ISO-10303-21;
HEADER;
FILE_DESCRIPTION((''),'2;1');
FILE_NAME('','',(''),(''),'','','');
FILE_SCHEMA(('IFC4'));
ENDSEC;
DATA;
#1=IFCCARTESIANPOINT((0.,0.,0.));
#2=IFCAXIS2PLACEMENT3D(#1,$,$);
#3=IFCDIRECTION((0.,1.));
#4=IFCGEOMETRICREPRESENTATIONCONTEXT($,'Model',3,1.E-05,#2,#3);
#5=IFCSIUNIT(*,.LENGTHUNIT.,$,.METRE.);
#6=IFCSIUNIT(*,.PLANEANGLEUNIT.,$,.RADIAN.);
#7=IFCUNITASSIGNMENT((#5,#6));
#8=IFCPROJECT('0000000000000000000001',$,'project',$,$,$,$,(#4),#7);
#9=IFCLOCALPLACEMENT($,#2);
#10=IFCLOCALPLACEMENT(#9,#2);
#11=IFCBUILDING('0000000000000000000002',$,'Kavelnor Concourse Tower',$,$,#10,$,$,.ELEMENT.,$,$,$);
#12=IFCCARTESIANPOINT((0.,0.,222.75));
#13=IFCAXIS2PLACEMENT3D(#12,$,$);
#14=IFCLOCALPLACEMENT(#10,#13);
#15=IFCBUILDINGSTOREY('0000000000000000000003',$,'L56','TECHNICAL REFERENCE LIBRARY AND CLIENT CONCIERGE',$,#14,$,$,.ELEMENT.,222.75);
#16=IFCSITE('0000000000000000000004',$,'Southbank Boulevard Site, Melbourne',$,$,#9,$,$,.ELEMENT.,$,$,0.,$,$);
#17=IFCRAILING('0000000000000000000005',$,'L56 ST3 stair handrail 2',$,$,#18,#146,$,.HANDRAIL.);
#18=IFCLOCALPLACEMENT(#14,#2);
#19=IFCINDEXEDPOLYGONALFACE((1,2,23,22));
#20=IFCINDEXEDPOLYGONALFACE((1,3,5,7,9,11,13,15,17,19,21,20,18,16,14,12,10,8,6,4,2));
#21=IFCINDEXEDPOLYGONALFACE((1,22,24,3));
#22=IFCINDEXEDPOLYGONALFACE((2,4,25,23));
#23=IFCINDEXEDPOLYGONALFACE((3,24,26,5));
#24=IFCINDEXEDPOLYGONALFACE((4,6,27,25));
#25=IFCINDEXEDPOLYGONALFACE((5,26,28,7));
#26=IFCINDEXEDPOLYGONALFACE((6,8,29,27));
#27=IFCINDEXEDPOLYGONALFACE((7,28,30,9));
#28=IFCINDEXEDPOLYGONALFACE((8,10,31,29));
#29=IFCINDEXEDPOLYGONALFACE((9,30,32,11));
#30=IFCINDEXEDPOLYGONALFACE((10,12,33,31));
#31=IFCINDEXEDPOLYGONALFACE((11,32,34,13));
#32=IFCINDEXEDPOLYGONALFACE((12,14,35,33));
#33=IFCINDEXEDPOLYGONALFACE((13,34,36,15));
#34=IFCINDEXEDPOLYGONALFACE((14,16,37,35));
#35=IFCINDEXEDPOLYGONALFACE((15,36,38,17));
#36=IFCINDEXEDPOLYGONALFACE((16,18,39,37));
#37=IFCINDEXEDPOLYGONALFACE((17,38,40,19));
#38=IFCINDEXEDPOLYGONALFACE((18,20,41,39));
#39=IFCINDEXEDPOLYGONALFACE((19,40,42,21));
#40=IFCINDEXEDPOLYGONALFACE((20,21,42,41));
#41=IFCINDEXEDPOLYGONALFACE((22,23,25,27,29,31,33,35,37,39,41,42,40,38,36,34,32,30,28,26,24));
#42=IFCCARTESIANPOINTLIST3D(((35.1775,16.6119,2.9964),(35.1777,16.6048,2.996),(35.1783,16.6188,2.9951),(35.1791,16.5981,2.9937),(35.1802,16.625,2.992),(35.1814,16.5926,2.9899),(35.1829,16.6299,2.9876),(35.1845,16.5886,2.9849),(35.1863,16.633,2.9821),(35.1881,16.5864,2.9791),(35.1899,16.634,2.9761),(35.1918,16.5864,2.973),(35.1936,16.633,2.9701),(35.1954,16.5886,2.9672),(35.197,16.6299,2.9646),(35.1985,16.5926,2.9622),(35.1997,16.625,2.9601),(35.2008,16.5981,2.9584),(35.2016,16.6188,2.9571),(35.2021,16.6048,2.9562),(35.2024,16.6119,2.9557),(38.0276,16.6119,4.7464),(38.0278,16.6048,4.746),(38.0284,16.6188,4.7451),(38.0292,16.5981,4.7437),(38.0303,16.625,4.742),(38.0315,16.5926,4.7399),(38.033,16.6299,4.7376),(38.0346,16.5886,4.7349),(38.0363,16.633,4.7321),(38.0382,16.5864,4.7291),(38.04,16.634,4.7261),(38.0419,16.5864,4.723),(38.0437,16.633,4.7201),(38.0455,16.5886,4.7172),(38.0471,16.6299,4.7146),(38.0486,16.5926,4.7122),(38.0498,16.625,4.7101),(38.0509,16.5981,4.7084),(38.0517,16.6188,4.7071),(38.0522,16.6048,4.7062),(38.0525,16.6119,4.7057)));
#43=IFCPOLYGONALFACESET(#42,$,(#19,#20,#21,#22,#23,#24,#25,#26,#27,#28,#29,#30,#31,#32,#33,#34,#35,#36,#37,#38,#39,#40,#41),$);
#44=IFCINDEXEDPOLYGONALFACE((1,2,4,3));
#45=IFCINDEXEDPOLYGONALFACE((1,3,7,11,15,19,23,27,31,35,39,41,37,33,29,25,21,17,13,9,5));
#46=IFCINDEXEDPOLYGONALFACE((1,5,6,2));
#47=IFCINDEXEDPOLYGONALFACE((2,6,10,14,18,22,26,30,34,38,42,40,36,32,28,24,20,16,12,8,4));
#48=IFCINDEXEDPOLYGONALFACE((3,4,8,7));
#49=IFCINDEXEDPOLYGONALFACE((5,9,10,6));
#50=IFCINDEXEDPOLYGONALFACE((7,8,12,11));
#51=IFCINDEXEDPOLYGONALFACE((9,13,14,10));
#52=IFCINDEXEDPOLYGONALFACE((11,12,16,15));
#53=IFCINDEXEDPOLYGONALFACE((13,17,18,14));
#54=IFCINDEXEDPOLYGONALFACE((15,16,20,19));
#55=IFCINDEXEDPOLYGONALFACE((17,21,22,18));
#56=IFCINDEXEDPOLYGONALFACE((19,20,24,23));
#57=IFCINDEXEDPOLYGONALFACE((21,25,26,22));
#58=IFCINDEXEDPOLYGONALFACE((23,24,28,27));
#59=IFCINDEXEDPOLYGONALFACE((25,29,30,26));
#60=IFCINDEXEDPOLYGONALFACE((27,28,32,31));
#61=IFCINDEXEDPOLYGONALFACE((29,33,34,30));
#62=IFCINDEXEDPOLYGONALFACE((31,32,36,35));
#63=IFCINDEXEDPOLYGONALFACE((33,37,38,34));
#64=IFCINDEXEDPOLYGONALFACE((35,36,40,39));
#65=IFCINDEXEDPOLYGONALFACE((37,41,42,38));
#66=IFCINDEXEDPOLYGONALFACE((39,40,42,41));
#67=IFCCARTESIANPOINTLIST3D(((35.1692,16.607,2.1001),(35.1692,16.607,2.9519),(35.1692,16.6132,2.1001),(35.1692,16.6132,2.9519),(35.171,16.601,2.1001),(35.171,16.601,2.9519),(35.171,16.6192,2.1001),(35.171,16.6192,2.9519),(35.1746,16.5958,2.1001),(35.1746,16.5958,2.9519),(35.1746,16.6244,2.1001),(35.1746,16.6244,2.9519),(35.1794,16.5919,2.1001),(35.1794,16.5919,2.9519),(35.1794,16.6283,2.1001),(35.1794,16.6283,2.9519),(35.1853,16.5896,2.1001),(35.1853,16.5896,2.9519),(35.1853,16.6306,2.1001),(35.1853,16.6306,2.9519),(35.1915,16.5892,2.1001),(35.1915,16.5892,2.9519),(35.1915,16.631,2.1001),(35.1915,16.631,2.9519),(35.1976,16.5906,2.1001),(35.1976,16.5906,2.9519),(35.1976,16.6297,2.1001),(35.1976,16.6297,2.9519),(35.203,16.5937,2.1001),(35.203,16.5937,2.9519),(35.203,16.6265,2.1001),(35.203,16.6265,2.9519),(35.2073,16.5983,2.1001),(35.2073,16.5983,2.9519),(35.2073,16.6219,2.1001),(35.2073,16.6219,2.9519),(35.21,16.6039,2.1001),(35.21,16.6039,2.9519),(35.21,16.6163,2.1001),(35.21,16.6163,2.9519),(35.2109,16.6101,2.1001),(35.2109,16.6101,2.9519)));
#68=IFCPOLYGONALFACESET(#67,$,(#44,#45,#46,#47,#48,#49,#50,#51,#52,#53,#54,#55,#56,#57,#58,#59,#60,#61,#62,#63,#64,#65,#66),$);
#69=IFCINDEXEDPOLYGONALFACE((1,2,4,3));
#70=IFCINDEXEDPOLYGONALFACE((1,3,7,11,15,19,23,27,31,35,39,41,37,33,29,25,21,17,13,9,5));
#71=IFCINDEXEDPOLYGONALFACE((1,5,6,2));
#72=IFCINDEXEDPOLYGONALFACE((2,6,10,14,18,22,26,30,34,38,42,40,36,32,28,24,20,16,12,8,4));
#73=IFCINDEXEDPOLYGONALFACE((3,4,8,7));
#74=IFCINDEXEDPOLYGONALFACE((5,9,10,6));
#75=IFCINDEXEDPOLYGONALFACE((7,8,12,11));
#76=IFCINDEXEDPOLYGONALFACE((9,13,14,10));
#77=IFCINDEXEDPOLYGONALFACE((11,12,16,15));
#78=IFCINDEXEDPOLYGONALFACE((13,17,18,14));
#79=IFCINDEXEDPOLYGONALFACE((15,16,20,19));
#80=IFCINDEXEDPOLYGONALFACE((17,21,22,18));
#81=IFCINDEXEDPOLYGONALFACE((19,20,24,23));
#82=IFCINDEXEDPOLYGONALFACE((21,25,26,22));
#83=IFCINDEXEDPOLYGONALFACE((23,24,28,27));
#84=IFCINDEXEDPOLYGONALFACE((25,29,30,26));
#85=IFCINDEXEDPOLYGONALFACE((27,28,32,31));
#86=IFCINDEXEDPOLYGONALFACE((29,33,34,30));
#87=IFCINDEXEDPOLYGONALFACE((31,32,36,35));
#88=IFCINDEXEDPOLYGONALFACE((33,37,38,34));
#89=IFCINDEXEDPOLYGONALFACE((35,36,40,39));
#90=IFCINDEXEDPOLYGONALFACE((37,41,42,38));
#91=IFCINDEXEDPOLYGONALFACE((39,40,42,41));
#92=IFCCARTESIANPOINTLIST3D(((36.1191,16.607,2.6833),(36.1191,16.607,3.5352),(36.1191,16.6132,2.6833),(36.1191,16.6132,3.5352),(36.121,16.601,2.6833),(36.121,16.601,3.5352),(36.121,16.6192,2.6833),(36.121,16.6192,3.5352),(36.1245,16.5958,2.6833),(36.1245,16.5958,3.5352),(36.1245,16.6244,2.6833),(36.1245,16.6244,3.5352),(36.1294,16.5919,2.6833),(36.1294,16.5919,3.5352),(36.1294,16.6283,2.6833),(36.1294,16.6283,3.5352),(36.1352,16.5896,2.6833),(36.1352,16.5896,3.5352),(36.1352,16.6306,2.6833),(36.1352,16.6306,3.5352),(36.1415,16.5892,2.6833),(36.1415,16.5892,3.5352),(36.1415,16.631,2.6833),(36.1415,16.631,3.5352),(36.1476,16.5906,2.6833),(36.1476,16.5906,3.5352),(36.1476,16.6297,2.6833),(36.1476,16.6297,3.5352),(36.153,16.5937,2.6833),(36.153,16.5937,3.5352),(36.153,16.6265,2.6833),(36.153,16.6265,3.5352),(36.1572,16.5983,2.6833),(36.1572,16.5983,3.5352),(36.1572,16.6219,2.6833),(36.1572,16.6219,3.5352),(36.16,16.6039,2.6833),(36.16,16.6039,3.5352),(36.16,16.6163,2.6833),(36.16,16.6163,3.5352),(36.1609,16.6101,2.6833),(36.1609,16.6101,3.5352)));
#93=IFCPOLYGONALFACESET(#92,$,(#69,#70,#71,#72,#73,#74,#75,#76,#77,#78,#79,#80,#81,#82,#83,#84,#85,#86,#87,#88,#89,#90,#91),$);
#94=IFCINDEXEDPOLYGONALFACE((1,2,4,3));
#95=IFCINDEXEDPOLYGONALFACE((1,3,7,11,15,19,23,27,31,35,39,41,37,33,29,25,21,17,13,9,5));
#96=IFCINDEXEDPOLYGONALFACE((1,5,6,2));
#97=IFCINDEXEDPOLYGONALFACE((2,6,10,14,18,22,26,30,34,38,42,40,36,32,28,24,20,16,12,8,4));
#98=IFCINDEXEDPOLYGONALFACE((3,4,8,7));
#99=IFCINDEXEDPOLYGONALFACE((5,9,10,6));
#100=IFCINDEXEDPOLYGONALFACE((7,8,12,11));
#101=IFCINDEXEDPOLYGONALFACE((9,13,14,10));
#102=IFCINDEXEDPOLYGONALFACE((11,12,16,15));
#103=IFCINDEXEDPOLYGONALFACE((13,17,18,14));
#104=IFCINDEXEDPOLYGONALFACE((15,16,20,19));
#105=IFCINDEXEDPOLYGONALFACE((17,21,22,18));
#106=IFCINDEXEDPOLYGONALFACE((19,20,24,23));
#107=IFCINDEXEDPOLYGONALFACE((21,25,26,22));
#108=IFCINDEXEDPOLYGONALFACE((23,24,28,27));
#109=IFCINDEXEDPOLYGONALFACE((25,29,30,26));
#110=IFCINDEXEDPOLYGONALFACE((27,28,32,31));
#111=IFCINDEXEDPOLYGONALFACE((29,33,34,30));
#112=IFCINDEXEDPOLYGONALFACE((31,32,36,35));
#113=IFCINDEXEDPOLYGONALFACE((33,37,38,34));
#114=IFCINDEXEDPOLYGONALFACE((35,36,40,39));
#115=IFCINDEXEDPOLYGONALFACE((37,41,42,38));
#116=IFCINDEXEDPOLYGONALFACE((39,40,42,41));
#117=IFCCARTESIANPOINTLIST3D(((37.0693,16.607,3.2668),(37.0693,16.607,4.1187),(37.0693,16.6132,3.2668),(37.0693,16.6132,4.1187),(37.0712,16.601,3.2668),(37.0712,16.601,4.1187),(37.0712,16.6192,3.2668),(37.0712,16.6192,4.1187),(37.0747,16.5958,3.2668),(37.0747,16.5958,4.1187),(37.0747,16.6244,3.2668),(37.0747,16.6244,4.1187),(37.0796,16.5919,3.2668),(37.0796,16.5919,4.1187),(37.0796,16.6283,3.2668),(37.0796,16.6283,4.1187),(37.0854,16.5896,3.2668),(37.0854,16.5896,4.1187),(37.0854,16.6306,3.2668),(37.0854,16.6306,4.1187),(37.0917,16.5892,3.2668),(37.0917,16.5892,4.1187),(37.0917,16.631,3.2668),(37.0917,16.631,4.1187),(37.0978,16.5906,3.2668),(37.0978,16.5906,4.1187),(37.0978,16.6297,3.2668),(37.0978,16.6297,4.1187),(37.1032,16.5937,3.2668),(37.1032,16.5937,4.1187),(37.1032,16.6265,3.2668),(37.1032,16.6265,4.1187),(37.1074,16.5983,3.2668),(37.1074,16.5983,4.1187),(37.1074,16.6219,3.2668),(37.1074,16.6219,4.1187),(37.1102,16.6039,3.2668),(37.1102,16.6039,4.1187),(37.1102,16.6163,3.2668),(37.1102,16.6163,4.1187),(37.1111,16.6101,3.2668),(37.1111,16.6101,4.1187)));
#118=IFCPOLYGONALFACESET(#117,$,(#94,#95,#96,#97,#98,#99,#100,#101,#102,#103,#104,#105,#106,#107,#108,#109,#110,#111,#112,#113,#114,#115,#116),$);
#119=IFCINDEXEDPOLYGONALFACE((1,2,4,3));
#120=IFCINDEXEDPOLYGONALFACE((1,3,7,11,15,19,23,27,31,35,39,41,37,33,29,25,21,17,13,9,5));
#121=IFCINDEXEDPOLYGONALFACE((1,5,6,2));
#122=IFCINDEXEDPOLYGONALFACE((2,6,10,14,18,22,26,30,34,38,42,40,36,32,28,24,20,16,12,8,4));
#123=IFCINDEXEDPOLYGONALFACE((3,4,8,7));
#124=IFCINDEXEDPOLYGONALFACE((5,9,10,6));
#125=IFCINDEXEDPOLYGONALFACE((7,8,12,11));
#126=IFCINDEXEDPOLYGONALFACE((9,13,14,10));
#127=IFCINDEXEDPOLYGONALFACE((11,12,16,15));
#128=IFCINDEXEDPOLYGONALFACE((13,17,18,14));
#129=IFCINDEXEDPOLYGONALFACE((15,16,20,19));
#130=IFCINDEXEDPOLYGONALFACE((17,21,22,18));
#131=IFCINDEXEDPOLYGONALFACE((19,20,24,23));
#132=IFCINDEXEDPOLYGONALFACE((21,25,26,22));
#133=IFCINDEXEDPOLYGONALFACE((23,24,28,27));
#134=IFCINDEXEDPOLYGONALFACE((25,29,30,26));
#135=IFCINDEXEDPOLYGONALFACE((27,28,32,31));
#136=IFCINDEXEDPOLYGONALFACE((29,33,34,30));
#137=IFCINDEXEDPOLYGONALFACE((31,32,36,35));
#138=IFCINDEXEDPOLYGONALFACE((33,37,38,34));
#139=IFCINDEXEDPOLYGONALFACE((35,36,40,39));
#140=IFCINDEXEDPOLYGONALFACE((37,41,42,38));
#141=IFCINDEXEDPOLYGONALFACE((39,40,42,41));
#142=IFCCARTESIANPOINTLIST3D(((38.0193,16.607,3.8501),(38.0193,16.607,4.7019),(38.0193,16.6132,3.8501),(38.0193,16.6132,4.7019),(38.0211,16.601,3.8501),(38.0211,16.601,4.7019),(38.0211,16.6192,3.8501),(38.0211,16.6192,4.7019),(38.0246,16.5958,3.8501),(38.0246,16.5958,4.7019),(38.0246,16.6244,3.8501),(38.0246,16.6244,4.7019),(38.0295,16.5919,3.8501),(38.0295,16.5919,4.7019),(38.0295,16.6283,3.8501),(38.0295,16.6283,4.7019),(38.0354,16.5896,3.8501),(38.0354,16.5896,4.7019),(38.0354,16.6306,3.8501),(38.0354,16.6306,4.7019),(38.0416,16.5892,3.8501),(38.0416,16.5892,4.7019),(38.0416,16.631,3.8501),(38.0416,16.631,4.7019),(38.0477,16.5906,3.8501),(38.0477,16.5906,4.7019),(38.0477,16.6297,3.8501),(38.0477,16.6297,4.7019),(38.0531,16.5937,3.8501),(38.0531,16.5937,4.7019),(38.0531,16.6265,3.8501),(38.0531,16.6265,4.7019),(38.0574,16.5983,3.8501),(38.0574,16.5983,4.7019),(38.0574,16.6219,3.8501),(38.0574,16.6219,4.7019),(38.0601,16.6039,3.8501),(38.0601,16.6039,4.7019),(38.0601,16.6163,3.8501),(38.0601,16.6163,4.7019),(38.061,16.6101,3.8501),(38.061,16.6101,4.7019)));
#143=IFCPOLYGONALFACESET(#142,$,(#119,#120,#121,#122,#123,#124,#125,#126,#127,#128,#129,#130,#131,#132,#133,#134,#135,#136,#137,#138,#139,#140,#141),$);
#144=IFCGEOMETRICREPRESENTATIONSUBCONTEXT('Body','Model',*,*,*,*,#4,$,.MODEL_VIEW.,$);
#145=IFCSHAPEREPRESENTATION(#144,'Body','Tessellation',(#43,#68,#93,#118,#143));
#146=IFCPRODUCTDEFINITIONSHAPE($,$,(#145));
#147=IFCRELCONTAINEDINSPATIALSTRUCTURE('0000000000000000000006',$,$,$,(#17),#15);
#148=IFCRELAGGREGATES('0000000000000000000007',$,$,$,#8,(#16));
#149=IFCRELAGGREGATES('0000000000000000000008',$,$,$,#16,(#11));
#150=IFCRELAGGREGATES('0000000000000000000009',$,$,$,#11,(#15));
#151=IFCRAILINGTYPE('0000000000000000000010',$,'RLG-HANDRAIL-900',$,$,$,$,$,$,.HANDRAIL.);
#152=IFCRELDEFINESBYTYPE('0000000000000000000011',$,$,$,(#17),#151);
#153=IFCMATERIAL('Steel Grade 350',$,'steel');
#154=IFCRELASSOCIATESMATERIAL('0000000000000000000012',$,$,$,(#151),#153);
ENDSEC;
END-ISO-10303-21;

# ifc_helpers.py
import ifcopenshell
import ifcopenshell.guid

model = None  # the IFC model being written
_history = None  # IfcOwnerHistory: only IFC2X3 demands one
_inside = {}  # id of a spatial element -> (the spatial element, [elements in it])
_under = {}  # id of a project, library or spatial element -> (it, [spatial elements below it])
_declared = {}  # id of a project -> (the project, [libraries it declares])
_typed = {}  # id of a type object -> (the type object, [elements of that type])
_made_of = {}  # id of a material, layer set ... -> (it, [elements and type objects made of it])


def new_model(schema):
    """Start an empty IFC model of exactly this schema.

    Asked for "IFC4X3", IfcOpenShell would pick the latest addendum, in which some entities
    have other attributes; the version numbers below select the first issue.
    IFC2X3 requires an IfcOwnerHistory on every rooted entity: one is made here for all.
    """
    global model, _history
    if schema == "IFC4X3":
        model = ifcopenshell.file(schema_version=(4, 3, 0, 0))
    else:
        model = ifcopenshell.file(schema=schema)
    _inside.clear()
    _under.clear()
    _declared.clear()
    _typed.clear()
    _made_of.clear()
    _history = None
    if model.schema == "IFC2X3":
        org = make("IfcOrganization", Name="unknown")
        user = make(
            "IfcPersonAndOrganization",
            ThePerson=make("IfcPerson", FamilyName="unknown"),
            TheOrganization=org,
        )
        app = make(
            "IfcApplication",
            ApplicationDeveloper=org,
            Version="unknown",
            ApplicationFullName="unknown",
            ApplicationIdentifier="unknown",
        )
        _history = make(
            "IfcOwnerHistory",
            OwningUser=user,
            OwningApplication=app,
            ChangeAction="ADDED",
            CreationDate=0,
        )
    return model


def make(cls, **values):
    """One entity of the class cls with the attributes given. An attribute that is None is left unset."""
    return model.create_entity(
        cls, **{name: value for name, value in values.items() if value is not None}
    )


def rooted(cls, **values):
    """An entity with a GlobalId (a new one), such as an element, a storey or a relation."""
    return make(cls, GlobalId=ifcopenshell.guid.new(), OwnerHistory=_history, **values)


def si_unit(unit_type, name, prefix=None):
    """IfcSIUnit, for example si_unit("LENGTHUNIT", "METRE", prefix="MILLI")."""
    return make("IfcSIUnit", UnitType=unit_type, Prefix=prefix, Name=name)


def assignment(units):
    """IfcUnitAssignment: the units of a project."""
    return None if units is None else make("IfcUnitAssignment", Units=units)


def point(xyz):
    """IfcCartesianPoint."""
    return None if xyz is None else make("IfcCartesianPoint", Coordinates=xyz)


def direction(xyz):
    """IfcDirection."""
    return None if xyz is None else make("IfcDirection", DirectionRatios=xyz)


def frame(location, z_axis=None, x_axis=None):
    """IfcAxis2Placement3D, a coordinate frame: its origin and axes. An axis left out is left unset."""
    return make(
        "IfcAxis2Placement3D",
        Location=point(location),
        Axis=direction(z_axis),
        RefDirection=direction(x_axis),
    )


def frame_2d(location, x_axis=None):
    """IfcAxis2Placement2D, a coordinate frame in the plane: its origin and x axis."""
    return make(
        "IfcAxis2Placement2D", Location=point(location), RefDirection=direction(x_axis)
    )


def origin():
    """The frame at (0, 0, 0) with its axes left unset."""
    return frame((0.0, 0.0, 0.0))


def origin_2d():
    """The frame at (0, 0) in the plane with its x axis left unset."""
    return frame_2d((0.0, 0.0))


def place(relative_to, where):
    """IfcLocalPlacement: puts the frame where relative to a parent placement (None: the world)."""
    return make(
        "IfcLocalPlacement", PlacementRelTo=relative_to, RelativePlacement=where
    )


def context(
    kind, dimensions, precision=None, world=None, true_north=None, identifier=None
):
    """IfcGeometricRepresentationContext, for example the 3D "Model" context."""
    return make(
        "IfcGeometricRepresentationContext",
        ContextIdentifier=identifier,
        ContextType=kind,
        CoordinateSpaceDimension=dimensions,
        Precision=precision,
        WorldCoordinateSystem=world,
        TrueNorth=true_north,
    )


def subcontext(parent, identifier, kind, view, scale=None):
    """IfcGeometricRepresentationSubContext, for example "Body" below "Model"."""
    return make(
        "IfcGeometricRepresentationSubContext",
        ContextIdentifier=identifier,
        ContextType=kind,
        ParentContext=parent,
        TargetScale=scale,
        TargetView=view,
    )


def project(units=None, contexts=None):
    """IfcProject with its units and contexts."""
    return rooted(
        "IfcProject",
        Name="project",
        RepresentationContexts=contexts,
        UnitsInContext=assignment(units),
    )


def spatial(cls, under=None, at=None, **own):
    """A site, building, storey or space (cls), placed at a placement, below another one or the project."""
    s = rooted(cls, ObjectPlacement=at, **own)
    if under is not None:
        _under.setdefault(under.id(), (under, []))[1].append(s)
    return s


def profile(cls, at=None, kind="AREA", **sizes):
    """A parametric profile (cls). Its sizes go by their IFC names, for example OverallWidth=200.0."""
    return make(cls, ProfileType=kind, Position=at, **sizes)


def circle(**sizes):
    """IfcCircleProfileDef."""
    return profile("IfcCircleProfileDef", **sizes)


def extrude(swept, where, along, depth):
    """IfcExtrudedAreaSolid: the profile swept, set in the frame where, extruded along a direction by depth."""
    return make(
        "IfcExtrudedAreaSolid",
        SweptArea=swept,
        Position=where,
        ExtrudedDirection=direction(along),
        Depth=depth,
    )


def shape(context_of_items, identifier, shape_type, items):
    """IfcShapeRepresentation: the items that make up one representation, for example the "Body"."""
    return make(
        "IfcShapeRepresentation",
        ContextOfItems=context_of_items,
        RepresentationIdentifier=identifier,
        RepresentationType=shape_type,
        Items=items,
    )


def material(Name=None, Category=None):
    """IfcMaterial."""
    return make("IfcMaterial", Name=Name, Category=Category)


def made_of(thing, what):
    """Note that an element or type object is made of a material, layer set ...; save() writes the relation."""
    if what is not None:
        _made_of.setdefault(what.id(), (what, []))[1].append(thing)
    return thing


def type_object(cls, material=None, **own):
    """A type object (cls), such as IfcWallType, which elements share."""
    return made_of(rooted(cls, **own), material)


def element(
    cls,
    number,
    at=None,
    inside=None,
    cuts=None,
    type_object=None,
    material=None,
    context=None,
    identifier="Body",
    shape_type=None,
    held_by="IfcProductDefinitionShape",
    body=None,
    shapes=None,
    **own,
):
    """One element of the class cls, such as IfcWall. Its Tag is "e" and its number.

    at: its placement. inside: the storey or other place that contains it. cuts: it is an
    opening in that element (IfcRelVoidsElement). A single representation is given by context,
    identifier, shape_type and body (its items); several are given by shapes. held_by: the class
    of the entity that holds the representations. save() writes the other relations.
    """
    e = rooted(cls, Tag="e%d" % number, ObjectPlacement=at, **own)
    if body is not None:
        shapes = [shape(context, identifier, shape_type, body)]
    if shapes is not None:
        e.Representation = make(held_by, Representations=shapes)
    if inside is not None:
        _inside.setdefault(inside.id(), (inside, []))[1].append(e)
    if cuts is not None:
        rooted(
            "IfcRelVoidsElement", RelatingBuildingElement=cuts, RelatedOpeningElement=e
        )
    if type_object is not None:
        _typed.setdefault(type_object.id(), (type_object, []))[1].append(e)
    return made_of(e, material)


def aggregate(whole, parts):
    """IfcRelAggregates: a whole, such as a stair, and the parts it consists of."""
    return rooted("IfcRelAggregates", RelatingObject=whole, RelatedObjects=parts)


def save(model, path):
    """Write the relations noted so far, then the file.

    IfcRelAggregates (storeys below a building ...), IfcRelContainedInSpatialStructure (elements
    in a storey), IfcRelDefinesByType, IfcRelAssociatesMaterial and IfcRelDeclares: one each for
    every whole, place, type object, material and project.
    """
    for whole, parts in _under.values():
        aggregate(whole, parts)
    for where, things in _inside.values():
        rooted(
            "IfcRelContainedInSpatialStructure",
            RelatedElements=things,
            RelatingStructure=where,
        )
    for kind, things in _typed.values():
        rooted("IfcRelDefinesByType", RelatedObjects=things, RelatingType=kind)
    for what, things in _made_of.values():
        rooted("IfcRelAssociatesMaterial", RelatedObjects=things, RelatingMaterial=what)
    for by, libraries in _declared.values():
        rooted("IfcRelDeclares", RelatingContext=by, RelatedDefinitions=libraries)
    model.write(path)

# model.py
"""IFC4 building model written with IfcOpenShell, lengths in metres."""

from ifc_helpers import new_model, si_unit, direction, frame, origin, origin_2d, place, context, subcontext, project, spatial, circle, extrude, material, type_object, element, save


model = new_model("IFC4")

# Units and contexts
model_context = context("Model", 3, precision=1e-05, world=origin(), true_north=direction((0.0, 1.0)))
body_context = subcontext(model_context, "Body", "Model", "MODEL_VIEW")
ifc_project = project(units=[si_unit("LENGTHUNIT", "METRE"), si_unit("PLANEANGLEUNIT", "RADIAN")], contexts=[model_context])

# Site, building, storey
site_placement = place(None, origin())
site = spatial("IfcSite", under=ifc_project, at=site_placement, Name="Southbank Boulevard Site, Melbourne", CompositionType="ELEMENT", RefElevation=0.0)
building_placement = place(site_placement, origin())
building = spatial("IfcBuilding", under=site, at=building_placement, Name="Kavelnor Concourse Tower", CompositionType="ELEMENT")
storey_placement = place(building_placement, frame((0.0, 0.0, 222.75)))
storey = spatial("IfcBuildingStorey", under=building, at=storey_placement, Name="L56", Description="TECHNICAL REFERENCE LIBRARY AND CLIENT CONCIERGE", CompositionType="ELEMENT", Elevation=222.75)

# Shared definitions
ifc_material_1 = material(Name="Steel Grade 350", Category="steel")

# Railing
railing_type_1 = type_object("IfcRailingType", Name="RLG-HANDRAIL-900", PredefinedType="HANDRAIL", material=ifc_material_1)
railing_1_placement = place(storey_placement, frame((35.1899, 16.6101, 2.1001)))
element("IfcRailing", 1, at=railing_1_placement, inside=storey, type_object=railing_type_1, Name="L56 ST3 stair handrail 2", PredefinedType="HANDRAIL", context=body_context, shape_type="SweptSolid", body=[
    extrude(circle(Radius=0.0239, at=origin_2d()), frame((0.0, 0.0, 0.876), z_axis=(0.852179, 0.0, 0.52325), x_axis=(0.0, 1.0, 0.0)), (0.0, 0.0, 1.0), 3.3445),
    extrude(circle(Radius=0.021, at=origin_2d()), origin(), (0.0, 0.0, 1.0), 0.8518),
    extrude(circle(Radius=0.021, at=origin_2d()), frame((0.95, 0.0, 0.5833)), (0.0, 0.0, 1.0), 0.8518),
    extrude(circle(Radius=0.021, at=origin_2d()), frame((1.9001, 0.0, 1.1667)), (0.0, 0.0, 1.0), 0.8518),
    extrude(circle(Radius=0.021, at=origin_2d()), frame((2.8501, 0.0, 1.75)), (0.0, 0.0, 1.0), 0.8518),
])

save(model, "model.ifc")
